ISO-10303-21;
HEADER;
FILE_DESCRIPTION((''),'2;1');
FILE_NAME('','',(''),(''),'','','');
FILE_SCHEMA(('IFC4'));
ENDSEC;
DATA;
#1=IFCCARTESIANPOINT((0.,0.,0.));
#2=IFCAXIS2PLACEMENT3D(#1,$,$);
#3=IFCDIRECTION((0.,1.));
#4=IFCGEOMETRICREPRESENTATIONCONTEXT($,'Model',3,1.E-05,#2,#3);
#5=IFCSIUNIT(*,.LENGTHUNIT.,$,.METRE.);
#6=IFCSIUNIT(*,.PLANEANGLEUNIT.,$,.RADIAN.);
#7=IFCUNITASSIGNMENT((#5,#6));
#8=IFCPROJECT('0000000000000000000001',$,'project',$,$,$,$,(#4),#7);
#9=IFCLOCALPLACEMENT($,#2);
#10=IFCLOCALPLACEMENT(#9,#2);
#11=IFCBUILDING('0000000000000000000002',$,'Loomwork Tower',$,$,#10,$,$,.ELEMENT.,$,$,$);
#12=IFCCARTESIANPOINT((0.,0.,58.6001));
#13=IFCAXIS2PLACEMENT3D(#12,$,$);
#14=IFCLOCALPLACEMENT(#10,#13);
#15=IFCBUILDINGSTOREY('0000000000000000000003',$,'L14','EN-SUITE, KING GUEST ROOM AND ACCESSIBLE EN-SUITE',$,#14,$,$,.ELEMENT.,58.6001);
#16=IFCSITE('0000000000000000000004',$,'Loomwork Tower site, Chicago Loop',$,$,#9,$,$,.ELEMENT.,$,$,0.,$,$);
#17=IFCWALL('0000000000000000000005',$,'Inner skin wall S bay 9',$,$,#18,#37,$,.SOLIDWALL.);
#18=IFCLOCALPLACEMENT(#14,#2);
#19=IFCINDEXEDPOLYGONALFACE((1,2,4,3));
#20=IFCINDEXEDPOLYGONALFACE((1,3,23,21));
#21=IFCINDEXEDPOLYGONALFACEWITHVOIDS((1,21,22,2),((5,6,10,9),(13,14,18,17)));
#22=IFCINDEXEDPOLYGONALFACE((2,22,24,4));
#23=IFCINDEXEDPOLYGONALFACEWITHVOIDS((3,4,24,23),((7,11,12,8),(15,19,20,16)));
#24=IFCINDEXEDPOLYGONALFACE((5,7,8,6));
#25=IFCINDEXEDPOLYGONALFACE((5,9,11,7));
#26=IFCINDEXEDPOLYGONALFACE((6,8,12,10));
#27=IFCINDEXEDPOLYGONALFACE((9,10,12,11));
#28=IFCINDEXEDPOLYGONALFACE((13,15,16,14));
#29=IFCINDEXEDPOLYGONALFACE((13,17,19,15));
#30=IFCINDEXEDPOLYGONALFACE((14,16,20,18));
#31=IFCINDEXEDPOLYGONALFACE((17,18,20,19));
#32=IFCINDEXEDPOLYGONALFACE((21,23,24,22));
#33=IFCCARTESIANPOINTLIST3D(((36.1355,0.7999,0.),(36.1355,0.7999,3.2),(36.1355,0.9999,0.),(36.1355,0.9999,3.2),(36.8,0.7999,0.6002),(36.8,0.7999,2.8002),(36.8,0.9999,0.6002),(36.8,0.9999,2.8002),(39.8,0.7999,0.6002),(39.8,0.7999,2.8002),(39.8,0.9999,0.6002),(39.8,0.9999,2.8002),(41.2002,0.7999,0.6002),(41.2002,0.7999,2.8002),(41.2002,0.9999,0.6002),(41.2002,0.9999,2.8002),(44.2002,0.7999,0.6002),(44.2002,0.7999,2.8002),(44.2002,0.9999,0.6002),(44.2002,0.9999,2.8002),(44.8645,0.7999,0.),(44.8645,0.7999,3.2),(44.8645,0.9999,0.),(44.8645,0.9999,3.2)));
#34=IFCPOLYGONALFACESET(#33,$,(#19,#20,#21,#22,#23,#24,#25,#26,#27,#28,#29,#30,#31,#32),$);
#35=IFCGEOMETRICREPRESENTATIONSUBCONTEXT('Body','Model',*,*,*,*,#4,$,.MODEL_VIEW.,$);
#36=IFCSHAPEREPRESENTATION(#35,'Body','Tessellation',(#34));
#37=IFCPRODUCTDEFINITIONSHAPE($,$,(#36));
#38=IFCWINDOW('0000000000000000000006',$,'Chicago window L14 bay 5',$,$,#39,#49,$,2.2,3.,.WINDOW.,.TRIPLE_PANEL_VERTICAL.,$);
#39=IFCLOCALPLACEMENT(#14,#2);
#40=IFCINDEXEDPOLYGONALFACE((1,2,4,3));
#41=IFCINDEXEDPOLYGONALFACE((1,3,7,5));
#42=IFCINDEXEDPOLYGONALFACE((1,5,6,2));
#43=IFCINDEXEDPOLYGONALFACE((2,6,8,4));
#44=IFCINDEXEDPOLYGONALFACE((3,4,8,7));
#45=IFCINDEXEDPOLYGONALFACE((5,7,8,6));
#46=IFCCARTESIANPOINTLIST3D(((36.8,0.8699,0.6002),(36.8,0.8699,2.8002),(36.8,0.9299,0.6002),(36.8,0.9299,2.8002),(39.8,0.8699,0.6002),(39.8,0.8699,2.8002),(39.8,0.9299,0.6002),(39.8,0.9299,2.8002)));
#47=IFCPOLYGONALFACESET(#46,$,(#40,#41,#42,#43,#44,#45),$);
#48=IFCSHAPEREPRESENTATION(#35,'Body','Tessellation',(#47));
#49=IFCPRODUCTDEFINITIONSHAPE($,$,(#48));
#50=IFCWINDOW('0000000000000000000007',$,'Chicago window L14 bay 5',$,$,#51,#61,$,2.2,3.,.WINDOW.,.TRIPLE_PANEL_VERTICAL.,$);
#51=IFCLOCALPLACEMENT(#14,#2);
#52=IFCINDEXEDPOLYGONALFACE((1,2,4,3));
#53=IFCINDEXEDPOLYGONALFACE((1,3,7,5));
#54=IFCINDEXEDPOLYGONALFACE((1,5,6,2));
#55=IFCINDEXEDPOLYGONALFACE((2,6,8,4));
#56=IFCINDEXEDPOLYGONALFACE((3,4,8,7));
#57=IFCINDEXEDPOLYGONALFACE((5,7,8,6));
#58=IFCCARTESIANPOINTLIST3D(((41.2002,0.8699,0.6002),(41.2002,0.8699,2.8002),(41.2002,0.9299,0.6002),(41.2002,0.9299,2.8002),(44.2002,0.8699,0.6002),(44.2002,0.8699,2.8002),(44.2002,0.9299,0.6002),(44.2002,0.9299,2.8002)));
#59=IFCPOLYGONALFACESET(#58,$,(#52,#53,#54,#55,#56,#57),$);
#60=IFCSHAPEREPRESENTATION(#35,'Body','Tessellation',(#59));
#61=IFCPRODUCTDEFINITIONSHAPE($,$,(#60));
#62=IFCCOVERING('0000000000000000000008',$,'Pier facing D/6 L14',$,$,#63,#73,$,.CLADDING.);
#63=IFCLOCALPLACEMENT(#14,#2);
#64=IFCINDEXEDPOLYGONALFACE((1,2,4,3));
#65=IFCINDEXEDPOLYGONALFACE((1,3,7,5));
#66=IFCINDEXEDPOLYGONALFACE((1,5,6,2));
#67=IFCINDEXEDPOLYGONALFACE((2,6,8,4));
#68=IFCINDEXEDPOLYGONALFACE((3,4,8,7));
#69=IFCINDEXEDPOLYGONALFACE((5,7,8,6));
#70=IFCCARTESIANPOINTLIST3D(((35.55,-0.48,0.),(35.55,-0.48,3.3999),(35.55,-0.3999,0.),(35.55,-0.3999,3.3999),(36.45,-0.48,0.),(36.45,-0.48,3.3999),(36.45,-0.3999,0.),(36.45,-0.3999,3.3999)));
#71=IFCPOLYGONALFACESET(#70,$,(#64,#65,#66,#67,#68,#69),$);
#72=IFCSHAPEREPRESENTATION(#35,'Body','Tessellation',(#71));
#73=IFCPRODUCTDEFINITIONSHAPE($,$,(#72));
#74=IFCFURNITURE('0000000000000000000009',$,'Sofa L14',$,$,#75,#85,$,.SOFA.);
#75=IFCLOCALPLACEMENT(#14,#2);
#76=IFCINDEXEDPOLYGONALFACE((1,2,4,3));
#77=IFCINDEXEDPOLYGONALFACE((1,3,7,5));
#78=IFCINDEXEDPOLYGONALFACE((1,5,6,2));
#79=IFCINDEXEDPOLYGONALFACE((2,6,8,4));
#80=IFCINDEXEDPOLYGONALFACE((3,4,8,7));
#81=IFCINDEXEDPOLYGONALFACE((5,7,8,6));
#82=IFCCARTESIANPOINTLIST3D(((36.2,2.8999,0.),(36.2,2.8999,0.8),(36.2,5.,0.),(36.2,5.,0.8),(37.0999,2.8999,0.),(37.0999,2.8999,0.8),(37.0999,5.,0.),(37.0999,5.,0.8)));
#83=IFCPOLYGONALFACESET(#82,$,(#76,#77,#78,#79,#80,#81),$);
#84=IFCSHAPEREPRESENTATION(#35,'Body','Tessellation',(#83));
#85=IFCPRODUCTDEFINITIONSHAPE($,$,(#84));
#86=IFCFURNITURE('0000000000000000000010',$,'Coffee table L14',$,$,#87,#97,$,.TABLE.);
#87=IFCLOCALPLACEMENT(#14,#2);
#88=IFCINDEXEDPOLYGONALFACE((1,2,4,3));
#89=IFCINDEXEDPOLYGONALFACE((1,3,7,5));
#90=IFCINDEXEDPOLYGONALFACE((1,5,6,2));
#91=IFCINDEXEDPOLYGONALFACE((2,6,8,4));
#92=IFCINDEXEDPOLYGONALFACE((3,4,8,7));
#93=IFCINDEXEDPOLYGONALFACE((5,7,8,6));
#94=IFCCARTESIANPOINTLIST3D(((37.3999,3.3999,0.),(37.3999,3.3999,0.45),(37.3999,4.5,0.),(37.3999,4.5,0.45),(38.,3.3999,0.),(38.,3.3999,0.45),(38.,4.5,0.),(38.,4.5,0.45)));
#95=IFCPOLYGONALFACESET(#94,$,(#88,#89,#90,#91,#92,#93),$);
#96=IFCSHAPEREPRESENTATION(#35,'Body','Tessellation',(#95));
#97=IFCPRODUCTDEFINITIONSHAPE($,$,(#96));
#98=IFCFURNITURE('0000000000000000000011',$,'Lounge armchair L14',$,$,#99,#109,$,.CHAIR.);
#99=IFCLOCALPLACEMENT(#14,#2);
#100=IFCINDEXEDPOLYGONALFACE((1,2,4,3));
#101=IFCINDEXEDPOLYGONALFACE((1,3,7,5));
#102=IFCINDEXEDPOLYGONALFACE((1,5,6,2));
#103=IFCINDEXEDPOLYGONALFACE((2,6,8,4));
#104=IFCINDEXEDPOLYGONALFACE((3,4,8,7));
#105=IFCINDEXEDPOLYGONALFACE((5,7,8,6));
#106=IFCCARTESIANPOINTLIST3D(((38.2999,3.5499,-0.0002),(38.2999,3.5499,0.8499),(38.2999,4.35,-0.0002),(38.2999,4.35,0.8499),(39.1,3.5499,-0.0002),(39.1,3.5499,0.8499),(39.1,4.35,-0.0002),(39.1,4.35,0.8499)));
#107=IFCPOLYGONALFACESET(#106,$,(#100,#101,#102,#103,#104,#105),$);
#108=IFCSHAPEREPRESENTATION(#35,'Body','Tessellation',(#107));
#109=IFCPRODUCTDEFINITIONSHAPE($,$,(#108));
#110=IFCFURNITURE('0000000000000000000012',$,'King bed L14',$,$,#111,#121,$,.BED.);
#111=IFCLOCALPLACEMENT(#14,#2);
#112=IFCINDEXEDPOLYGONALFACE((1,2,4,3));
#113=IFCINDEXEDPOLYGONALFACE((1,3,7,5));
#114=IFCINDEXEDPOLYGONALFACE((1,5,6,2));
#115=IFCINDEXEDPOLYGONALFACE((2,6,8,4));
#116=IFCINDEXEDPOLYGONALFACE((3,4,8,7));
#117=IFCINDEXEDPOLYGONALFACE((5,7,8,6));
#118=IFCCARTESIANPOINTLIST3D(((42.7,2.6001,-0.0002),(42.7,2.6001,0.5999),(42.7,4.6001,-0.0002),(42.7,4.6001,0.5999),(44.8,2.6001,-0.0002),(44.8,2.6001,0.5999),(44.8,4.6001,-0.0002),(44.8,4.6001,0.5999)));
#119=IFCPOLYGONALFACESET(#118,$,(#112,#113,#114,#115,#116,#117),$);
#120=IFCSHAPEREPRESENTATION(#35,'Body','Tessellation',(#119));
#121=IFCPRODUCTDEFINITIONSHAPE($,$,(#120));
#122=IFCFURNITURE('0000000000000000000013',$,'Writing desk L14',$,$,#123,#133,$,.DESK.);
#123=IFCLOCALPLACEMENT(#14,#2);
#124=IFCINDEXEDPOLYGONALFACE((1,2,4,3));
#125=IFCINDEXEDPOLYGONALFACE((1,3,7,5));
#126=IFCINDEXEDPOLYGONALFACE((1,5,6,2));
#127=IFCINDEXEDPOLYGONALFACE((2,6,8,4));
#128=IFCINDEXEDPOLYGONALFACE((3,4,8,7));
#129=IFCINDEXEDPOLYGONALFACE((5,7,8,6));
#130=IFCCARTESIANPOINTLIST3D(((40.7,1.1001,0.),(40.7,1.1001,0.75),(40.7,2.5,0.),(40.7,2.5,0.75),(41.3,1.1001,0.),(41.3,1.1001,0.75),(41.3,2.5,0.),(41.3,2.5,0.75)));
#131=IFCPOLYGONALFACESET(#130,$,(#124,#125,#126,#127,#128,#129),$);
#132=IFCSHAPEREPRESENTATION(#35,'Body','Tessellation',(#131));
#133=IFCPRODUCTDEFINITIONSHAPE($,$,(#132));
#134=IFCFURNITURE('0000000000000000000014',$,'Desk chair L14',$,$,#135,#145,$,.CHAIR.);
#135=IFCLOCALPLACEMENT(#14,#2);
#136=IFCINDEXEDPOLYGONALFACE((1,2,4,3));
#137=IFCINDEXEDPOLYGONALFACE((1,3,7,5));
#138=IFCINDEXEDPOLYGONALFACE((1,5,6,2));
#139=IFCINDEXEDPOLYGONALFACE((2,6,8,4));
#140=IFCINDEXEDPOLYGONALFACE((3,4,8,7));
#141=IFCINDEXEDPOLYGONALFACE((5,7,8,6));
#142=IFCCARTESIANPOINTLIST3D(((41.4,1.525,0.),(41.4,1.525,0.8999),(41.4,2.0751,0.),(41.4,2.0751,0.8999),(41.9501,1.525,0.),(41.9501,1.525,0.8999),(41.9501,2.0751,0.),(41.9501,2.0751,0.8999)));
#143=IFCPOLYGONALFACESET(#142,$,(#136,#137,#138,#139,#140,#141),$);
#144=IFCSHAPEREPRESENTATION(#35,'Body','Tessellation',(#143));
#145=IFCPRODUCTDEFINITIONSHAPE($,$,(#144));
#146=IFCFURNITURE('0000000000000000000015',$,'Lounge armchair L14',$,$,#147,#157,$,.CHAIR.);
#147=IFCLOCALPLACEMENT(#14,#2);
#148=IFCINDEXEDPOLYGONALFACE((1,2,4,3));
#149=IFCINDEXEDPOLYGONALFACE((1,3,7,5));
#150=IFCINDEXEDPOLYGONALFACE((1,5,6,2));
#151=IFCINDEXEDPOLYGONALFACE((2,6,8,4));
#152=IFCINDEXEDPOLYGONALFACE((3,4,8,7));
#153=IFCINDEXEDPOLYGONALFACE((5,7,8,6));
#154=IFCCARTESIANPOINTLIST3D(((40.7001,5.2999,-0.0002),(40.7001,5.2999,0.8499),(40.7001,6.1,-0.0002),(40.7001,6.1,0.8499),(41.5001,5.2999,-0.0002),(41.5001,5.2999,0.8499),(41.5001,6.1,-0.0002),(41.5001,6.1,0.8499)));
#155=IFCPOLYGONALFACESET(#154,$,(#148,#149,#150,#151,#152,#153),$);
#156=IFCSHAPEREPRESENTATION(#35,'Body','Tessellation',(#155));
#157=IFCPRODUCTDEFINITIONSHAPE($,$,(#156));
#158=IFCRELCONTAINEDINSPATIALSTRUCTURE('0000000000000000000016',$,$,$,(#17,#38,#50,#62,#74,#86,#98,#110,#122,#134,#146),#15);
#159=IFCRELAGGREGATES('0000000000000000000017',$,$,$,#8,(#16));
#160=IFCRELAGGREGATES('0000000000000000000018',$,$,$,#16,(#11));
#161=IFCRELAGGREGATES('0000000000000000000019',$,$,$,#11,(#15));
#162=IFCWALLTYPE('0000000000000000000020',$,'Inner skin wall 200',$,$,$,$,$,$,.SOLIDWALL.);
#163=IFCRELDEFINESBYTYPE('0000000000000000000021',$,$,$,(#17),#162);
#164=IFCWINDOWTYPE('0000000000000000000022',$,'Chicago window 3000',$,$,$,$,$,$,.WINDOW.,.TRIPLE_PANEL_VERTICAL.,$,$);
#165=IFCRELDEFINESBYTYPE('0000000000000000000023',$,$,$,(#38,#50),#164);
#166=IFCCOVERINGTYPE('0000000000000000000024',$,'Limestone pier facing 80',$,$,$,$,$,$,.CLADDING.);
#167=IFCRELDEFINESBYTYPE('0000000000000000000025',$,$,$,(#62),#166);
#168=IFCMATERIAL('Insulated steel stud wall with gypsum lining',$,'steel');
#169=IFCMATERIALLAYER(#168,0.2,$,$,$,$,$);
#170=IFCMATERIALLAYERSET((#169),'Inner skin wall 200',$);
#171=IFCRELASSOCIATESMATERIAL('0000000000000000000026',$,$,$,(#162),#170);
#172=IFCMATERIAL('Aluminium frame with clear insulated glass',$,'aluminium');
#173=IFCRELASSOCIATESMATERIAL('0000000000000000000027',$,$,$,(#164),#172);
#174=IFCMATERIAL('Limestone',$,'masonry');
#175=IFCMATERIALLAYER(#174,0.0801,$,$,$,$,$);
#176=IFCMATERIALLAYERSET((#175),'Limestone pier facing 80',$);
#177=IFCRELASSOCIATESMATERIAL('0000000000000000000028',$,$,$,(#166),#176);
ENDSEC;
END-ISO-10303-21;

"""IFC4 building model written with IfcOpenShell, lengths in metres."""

from ifc_helpers import new_model, si_unit, direction, frame, frame_2d, origin, origin_2d, place, context, subcontext, project, spatial, rectangle, extrude, material, layer, layer_set, type_object, element, fill, save


model = new_model("IFC4")

# Units and contexts
model_context = context("Model", 3, precision=1e-05, world=origin(), true_north=direction((0.0, 1.0)))
body_context = subcontext(model_context, "Body", "Model", "MODEL_VIEW")
ifc_project = project(units=[si_unit("LENGTHUNIT", "METRE"), si_unit("PLANEANGLEUNIT", "RADIAN")], contexts=[model_context])

# Site, building, storey
site_placement = place(None, origin())
site = spatial("IfcSite", under=ifc_project, at=site_placement, Name="Loomwork Tower site, Chicago Loop", CompositionType="ELEMENT", RefElevation=0.0)
building_placement = place(site_placement, origin())
building = spatial("IfcBuilding", under=site, at=building_placement, Name="Loomwork Tower", CompositionType="ELEMENT")
storey_placement = place(building_placement, frame((0.0, 0.0, 58.6001)))
storey = spatial("IfcBuildingStorey", under=building, at=storey_placement, Name="L14", Description="EN-SUITE, KING GUEST ROOM AND ACCESSIBLE EN-SUITE", CompositionType="ELEMENT", Elevation=58.6001)

# Wall, openings, windows
ifc_material_1 = material(Name="Insulated steel stud wall with gypsum lining", Category="steel")
ifc_layer_1 = layer(ifc_material_1, 0.2)
ifc_layer_set_1 = layer_set([ifc_layer_1], Name="Inner skin wall 200")
wall_type = type_object("IfcWallType", Name="Inner skin wall 200", PredefinedType="SOLIDWALL", material=ifc_layer_set_1)
wall_placement = place(storey_placement, frame((36.1355, 0.8999, 0.0), z_axis=(0.0, 0.0, 1.0), x_axis=(1.0, 0.0, 0.0)))
wall = element("IfcWall", 1, at=wall_placement, inside=storey, type_object=wall_type, Name="Inner skin wall S bay 9", PredefinedType="SOLIDWALL", context=body_context, shape_type="SweptSolid", body=[
    extrude(rectangle(XDim=8.729, YDim=0.2, at=frame_2d((4.3645, 0.0))), origin(), (0.0, 0.0, 1.0), 3.2),
])
opening_1_placement = place(wall_placement, frame((0.6646, 0.0, 0.6001)))
opening_1 = element("IfcOpeningElement", 2, at=opening_1_placement, cuts=wall, PredefinedType="OPENING", context=body_context, shape_type="SweptSolid", body=[
    extrude(rectangle(XDim=3.0, YDim=2.2, at=frame_2d((1.5, 1.1001))), frame((0.0, 0.1099, 0.0), z_axis=(0.0, -1.0, 0.0), x_axis=(1.0, 0.0, 0.0)), (0.0, 0.0, 1.0), 0.22),
])
opening_2_placement = place(wall_placement, frame((5.0647, 0.0, 0.6001)))
opening_2 = element("IfcOpeningElement", 3, at=opening_2_placement, cuts=wall, PredefinedType="OPENING", context=body_context, shape_type="SweptSolid", body=[
    extrude(rectangle(XDim=3.0, YDim=2.2, at=frame_2d((1.5, 1.1001))), frame((0.0, 0.1099, 0.0), z_axis=(0.0, -1.0, 0.0), x_axis=(1.0, 0.0, 0.0)), (0.0, 0.0, 1.0), 0.22),
])
ifc_material_2 = material(Name="Aluminium frame with clear insulated glass", Category="aluminium")
window_type = type_object("IfcWindowType", Name="Chicago window 3000", PartitioningType="TRIPLE_PANEL_VERTICAL", PredefinedType="WINDOW", material=ifc_material_2)
window_1_placement = place(opening_1_placement, origin())
window_1 = element("IfcWindow", 4, at=window_1_placement, inside=storey, type_object=window_type, Name="Chicago window L14 bay 5", OverallHeight=2.2, OverallWidth=3.0, PartitioningType="TRIPLE_PANEL_VERTICAL", PredefinedType="WINDOW", context=body_context, shape_type="SweptSolid", body=[
    extrude(rectangle(XDim=3.0, YDim=2.2, at=frame_2d((1.5, 1.1001))), frame((0.0, 0.03, 0.0), z_axis=(0.0, -1.0, 0.0), x_axis=(1.0, 0.0, 0.0)), (0.0, 0.0, 1.0), 0.0601),
])
fill(opening_1, window_1)
window_2_placement = place(opening_2_placement, origin())
window_2 = element("IfcWindow", 5, at=window_2_placement, inside=storey, type_object=window_type, Name="Chicago window L14 bay 5", OverallHeight=2.2, OverallWidth=3.0, PartitioningType="TRIPLE_PANEL_VERTICAL", PredefinedType="WINDOW", context=body_context, shape_type="SweptSolid", body=[
    extrude(rectangle(XDim=3.0, YDim=2.2, at=frame_2d((1.5, 1.1001))), frame((0.0, 0.03, 0.0), z_axis=(0.0, -1.0, 0.0), x_axis=(1.0, 0.0, 0.0)), (0.0, 0.0, 1.0), 0.0601),
])
fill(opening_2, window_2)

# Covering
ifc_material_3 = material(Name="Limestone", Category="masonry")
ifc_layer_2 = layer(ifc_material_3, 0.0801)
ifc_layer_set_2 = layer_set([ifc_layer_2], Name="Limestone pier facing 80")
covering_type = type_object("IfcCoveringType", Name="Limestone pier facing 80", PredefinedType="CLADDING", material=ifc_layer_set_2)
covering_placement = place(storey_placement, frame((36.0, -0.4399, 0.0), z_axis=(0.0, 0.0, 1.0), x_axis=(1.0, 0.0, 0.0)))
element("IfcCovering", 6, at=covering_placement, inside=storey, type_object=covering_type, Name="Pier facing D/6 L14", PredefinedType="CLADDING", context=body_context, shape_type="SweptSolid", body=[
    extrude(rectangle(XDim=0.8999, YDim=0.0801, at=origin_2d()), origin(), (0.0, 0.0, 1.0), 3.3999),
])

# Furniture
furniture_1_placement = place(storey_placement, frame((36.6499, 3.95, 0.0), z_axis=(0.0, 0.0, 1.0), x_axis=(1.0, 0.0, 0.0)))
element("IfcFurniture", 7, at=furniture_1_placement, inside=storey, Name="Sofa L14", PredefinedType="SOFA", context=body_context, shape_type="SweptSolid", body=[
    extrude(rectangle(XDim=0.8999, YDim=2.1001, at=origin_2d()), origin(), (0.0, 0.0, 1.0), 0.8),
])
furniture_2_placement = place(storey_placement, frame((37.7, 3.95, 0.0), z_axis=(0.0, 0.0, 1.0), x_axis=(1.0, 0.0, 0.0)))
element("IfcFurniture", 8, at=furniture_2_placement, inside=storey, Name="Coffee table L14", PredefinedType="TABLE", context=body_context, shape_type="SweptSolid", body=[
    extrude(rectangle(XDim=0.6001, YDim=1.1001, at=origin_2d()), origin(), (0.0, 0.0, 1.0), 0.45),
])
furniture_3_placement = place(storey_placement, frame((38.7, 3.95, -0.0002), z_axis=(0.0, 0.0, 1.0), x_axis=(1.0, 0.0, 0.0)))
element("IfcFurniture", 9, at=furniture_3_placement, inside=storey, Name="Lounge armchair L14", PredefinedType="CHAIR", context=body_context, shape_type="SweptSolid", body=[
    extrude(rectangle(XDim=0.8, YDim=0.8, at=origin_2d()), origin(), (0.0, 0.0, 1.0), 0.8501),
])
furniture_4_placement = place(storey_placement, frame((43.75, 3.6001, -0.0002), z_axis=(0.0, 0.0, 1.0), x_axis=(1.0, 0.0, 0.0)))
element("IfcFurniture", 10, at=furniture_4_placement, inside=storey, Name="King bed L14", PredefinedType="BED", context=body_context, shape_type="SweptSolid", body=[
    extrude(rectangle(XDim=2.1001, YDim=2.0, at=origin_2d()), origin(), (0.0, 0.0, 1.0), 0.6001),
])
furniture_5_placement = place(storey_placement, frame((41.0, 1.8, 0.0), z_axis=(0.0, 0.0, 1.0), x_axis=(1.0, 0.0, 0.0)))
element("IfcFurniture", 11, at=furniture_5_placement, inside=storey, Name="Writing desk L14", PredefinedType="DESK", context=body_context, shape_type="SweptSolid", body=[
    extrude(rectangle(XDim=0.6001, YDim=1.3999, at=origin_2d()), origin(), (0.0, 0.0, 1.0), 0.75),
])
furniture_6_placement = place(storey_placement, frame((41.675, 1.8, 0.0), z_axis=(0.0, 0.0, 1.0), x_axis=(1.0, 0.0, 0.0)))
element("IfcFurniture", 12, at=furniture_6_placement, inside=storey, Name="Desk chair L14", PredefinedType="CHAIR", context=body_context, shape_type="SweptSolid", body=[
    extrude(rectangle(XDim=0.55, YDim=0.55, at=origin_2d()), origin(), (0.0, 0.0, 1.0), 0.8999),
])
furniture_7_placement = place(storey_placement, frame((41.1001, 5.7, -0.0002), z_axis=(0.0, 0.0, 1.0), x_axis=(1.0, 0.0, 0.0)))
element("IfcFurniture", 13, at=furniture_7_placement, inside=storey, Name="Lounge armchair L14", PredefinedType="CHAIR", context=body_context, shape_type="SweptSolid", body=[
    extrude(rectangle(XDim=0.8, YDim=0.8, at=origin_2d()), origin(), (0.0, 0.0, 1.0), 0.8501),
])

save(model, "model.ifc")
